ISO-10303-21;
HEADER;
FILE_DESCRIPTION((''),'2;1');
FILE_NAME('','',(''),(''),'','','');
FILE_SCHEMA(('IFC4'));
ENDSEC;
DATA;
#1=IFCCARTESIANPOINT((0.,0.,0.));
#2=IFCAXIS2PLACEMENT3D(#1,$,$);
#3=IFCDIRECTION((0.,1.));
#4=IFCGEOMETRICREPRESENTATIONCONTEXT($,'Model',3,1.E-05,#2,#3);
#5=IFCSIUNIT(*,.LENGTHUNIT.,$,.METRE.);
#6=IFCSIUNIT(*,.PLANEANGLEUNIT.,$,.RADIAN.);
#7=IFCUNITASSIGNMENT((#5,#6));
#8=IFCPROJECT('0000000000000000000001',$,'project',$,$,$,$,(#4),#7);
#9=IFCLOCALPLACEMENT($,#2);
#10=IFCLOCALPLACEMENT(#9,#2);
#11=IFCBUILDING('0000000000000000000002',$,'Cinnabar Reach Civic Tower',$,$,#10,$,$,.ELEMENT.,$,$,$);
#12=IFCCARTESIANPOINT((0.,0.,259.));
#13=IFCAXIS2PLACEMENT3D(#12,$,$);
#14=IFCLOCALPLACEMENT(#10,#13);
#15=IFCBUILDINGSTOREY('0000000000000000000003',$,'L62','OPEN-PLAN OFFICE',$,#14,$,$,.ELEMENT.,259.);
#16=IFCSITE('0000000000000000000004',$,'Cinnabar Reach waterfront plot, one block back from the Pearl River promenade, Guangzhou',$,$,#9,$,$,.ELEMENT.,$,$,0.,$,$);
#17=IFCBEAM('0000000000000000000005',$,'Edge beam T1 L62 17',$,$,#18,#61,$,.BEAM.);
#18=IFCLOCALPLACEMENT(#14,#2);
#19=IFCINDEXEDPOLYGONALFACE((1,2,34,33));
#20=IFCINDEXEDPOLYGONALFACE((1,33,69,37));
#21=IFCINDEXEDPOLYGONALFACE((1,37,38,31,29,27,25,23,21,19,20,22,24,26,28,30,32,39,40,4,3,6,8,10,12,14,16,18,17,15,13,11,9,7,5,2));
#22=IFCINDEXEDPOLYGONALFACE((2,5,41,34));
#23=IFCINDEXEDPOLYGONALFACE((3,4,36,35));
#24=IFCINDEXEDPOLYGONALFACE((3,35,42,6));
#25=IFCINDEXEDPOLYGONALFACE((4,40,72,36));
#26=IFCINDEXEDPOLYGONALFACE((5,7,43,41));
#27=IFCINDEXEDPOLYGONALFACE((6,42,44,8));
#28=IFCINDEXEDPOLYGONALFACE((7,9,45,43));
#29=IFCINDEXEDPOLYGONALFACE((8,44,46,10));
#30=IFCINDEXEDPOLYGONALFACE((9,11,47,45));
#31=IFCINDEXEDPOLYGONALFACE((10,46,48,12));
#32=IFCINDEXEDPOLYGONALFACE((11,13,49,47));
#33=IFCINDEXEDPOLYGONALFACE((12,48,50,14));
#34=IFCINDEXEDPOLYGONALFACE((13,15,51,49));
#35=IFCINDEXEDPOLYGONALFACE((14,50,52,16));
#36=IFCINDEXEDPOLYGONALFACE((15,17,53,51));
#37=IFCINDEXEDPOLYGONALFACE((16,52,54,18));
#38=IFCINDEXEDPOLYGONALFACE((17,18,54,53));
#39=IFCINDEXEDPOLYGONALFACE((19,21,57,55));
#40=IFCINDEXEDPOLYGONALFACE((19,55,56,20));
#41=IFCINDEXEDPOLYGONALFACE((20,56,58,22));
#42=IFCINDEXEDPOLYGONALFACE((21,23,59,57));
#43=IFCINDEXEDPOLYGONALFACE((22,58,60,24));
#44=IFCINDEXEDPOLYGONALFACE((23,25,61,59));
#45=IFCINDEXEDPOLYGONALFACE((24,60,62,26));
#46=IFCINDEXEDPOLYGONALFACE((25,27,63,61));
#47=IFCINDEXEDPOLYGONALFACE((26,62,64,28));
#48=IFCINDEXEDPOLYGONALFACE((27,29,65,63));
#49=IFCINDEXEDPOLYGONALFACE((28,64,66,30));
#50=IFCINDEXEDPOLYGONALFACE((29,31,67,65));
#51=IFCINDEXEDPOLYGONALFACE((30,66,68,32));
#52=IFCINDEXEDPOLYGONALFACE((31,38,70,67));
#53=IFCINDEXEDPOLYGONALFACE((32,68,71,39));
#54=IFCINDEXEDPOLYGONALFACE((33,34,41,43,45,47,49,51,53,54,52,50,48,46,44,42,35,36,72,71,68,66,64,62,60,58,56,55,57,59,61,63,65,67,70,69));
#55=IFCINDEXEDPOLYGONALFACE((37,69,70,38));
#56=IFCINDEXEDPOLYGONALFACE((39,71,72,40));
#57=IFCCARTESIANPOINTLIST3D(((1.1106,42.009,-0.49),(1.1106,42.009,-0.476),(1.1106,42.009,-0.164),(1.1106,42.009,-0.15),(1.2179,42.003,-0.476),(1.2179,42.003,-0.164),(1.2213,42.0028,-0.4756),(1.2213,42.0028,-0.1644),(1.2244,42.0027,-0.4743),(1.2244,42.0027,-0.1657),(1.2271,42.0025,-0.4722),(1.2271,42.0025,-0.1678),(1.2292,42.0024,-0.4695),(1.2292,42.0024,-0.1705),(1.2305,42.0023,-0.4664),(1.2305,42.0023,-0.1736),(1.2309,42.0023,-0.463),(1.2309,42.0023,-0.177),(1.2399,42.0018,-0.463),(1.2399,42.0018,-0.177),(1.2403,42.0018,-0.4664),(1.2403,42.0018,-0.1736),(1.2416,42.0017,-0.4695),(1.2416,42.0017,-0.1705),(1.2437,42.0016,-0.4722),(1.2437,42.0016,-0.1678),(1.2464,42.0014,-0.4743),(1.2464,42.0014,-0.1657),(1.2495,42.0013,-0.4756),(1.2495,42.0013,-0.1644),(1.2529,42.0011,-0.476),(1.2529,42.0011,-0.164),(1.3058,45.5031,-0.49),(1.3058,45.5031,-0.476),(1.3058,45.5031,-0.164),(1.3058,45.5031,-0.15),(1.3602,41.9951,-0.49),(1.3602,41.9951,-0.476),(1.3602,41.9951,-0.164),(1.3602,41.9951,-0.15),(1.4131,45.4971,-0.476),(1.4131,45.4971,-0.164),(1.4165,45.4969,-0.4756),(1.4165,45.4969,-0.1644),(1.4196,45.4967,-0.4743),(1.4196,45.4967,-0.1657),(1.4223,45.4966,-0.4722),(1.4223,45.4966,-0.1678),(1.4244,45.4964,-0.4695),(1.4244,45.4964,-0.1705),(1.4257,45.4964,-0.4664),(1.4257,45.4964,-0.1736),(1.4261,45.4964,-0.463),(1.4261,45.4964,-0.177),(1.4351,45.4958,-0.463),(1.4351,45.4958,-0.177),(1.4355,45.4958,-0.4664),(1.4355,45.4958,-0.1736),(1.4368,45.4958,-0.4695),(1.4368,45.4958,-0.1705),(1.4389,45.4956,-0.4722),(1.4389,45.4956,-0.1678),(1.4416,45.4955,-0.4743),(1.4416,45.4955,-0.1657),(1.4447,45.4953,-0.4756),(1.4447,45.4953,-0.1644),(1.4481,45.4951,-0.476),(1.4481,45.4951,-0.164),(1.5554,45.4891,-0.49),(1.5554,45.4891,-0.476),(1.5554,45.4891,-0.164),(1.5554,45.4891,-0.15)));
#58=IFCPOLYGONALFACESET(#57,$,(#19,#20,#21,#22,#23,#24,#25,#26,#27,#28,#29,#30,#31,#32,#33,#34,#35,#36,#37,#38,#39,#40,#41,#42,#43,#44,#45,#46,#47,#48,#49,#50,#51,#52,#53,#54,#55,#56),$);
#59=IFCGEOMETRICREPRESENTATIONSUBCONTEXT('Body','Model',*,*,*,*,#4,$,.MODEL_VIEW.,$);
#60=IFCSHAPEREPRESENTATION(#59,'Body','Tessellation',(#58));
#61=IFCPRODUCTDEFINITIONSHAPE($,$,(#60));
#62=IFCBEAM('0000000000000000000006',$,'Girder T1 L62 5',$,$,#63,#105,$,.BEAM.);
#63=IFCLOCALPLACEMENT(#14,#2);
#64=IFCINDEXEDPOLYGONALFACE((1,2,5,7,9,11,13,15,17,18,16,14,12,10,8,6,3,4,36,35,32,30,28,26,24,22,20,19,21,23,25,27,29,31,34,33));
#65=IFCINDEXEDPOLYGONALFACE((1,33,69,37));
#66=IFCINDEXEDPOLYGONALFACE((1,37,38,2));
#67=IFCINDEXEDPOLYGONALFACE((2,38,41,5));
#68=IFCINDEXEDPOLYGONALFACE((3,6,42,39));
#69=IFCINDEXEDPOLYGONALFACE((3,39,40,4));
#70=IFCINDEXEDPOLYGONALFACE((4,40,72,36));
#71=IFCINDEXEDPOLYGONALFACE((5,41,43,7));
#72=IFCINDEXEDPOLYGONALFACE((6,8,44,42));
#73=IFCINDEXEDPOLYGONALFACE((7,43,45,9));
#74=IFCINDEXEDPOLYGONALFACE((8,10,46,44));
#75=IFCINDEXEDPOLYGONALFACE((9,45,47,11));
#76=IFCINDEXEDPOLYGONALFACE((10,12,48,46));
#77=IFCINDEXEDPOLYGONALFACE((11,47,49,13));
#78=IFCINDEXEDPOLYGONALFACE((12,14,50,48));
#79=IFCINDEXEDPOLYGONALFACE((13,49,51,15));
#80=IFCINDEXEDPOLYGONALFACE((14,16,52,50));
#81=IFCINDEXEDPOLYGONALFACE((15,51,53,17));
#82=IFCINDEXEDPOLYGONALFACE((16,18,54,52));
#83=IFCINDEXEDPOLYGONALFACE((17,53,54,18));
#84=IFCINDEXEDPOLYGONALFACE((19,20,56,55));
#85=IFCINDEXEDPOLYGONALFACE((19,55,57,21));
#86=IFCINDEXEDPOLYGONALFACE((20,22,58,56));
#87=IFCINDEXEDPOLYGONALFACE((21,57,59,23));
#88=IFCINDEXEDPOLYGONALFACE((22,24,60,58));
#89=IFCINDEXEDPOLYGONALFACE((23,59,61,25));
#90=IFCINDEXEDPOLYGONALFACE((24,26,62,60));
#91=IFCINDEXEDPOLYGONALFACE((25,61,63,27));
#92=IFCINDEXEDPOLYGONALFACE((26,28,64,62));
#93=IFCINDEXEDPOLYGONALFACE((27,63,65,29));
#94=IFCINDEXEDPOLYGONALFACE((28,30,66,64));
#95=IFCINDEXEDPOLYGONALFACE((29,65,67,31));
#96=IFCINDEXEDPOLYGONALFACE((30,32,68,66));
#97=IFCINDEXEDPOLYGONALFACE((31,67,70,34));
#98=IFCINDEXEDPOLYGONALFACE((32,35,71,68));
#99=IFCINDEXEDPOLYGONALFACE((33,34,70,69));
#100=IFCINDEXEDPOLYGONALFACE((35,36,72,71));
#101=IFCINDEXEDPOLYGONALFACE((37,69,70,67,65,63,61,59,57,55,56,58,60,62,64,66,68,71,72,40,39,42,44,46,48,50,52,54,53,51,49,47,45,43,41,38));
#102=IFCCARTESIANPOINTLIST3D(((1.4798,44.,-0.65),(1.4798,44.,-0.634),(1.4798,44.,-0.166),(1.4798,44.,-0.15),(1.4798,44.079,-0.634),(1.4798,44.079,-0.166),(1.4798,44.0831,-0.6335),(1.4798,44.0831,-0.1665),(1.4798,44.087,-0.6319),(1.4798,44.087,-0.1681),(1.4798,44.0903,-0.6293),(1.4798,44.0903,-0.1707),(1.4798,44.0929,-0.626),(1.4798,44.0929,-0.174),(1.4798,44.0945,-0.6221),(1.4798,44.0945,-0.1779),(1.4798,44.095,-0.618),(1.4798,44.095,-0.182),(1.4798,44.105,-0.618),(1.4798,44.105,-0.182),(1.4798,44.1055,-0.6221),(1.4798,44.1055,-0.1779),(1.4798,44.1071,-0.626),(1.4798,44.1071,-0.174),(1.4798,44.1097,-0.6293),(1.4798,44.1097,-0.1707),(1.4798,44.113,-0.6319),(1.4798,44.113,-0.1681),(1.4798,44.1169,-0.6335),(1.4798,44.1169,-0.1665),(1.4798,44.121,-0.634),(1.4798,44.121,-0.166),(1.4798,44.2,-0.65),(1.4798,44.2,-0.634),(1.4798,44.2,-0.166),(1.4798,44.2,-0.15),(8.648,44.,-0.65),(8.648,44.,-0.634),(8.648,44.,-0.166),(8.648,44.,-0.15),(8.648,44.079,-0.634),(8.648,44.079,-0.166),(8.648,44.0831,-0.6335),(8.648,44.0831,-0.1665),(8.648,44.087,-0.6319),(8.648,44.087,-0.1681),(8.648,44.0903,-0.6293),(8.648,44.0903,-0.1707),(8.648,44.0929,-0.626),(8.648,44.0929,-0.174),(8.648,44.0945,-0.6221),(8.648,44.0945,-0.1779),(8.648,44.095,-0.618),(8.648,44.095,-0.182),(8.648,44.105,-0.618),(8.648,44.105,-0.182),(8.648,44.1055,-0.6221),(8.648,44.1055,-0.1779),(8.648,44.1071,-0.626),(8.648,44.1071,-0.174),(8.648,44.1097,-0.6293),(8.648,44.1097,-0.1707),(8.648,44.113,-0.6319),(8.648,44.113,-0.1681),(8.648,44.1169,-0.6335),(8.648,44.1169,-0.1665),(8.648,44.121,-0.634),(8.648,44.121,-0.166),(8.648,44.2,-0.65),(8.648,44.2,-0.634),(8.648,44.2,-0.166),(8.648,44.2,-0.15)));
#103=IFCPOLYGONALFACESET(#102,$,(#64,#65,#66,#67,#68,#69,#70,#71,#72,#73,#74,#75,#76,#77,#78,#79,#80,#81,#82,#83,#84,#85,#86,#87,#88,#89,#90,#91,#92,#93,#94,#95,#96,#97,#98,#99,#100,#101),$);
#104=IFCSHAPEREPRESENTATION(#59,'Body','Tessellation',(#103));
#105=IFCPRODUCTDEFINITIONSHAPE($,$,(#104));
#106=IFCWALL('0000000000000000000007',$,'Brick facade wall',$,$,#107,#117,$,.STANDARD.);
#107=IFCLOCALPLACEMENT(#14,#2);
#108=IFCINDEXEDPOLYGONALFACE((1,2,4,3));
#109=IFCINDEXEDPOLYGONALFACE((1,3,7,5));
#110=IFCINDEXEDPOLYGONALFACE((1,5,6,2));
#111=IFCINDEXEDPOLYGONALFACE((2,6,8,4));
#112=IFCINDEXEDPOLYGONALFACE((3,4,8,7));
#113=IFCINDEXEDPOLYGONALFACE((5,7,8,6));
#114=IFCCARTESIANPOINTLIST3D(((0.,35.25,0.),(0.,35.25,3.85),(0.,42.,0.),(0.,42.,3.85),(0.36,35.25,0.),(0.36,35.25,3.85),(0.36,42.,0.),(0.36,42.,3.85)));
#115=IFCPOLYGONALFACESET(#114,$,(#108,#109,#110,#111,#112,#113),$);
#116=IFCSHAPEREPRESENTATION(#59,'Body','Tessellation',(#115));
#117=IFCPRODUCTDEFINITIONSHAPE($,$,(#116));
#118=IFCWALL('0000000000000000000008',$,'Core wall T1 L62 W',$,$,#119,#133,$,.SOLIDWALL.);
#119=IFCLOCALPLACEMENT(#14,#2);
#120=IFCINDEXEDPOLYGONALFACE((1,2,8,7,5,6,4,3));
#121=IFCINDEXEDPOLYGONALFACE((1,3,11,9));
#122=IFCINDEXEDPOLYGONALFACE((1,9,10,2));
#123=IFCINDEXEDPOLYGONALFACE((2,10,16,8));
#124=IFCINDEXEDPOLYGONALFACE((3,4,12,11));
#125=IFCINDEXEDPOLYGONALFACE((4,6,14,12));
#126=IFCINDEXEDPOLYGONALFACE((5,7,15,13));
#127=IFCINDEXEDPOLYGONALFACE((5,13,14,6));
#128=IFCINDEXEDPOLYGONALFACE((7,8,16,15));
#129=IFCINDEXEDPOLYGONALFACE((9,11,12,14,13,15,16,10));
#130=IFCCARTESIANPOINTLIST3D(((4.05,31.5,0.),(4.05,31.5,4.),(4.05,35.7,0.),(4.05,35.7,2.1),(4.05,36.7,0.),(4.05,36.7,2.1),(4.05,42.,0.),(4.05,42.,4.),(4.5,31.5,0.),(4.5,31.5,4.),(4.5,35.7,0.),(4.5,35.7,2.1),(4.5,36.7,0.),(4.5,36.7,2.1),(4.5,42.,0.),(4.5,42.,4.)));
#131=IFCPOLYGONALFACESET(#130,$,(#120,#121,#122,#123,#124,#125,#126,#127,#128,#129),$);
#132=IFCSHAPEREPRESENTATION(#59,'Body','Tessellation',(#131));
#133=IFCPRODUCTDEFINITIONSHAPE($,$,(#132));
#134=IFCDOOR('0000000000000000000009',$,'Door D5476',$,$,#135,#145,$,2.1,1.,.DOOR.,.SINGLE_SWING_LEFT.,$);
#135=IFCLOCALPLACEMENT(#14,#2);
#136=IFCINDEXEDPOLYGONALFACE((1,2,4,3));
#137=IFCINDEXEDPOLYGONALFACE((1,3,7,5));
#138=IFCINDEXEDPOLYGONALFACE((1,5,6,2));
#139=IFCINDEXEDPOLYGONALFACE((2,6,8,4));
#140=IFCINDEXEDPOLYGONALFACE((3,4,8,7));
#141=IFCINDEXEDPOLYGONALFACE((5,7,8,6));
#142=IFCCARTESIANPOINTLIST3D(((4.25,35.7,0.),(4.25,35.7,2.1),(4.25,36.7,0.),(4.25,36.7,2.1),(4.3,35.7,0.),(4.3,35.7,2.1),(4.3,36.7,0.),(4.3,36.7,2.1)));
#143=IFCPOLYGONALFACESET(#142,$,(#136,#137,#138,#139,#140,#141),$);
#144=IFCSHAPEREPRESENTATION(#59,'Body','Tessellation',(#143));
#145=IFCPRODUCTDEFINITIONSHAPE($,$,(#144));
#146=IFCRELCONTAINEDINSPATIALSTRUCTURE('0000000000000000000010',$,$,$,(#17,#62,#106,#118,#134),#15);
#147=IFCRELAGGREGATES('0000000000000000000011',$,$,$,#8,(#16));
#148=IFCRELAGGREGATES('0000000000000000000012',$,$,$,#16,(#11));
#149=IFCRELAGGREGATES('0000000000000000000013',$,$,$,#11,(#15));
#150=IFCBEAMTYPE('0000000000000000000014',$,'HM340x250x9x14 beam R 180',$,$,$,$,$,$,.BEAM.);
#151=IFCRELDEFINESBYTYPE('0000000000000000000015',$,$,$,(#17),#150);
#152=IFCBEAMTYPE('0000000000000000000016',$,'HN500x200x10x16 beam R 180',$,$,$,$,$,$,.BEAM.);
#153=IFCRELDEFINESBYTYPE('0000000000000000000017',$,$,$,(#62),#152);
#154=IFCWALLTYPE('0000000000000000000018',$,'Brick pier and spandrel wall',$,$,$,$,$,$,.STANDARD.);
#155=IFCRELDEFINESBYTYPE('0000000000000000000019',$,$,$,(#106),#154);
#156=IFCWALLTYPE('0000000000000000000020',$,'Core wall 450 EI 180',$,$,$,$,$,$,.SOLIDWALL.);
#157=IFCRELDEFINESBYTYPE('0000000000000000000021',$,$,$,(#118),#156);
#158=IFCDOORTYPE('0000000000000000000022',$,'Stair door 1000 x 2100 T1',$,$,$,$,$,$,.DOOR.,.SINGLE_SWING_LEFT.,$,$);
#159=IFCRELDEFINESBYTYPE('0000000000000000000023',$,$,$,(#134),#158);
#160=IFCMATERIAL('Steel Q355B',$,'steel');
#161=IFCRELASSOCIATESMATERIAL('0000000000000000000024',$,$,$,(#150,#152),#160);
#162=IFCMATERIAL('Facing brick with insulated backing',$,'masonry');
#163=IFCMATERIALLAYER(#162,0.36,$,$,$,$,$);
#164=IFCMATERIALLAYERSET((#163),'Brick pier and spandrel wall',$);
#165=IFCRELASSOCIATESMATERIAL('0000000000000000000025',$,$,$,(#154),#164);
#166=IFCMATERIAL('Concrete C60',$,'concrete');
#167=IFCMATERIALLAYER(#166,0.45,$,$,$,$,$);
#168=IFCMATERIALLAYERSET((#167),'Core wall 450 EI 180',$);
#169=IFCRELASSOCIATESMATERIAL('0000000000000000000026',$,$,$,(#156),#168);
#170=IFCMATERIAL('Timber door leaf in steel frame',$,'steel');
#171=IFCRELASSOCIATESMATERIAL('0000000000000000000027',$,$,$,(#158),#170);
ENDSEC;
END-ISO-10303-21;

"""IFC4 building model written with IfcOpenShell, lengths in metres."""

from ifc_helpers import new_model, si_unit, direction, frame, frame_2d, origin, origin_2d, place, context, subcontext, project, spatial, rectangle, i_section, extrude, material, layer, layer_set, material_profile, profile_set, type_object, element, fill, save


model = new_model("IFC4")

# Units and contexts
model_context = context("Model", 3, precision=1e-05, world=origin(), true_north=direction((0.0, 1.0)))
body_context = subcontext(model_context, "Body", "Model", "MODEL_VIEW")
ifc_project = project(units=[si_unit("LENGTHUNIT", "METRE"), si_unit("PLANEANGLEUNIT", "RADIAN")], contexts=[model_context])

# Site, building, storey
site_placement = place(None, origin())
site = spatial("IfcSite", under=ifc_project, at=site_placement, Name="Cinnabar Reach waterfront plot, one block back from the Pearl River promenade, Guangzhou", CompositionType="ELEMENT", RefElevation=0.0)
building_placement = place(site_placement, origin())
building = spatial("IfcBuilding", under=site, at=building_placement, Name="Cinnabar Reach Civic Tower", CompositionType="ELEMENT")
storey_placement = place(building_placement, frame((0.0, 0.0, 259.0)))
storey = spatial("IfcBuildingStorey", under=building, at=storey_placement, Name="L62", Description="OPEN-PLAN OFFICE", CompositionType="ELEMENT", Elevation=259.0)

# Beams
ifc_material_1 = material(Name="Steel Q355B", Category="steel")
ifc_material_profile_1 = material_profile(ifc_material_1, i_section(OverallWidth=0.25, OverallDepth=0.34, WebThickness=0.009, FlangeThickness=0.014, FilletRadius=0.013, at=origin_2d()), Name="HM340x250x9x14")
ifc_profile_set_1 = profile_set([ifc_material_profile_1], Name="Steel Q355B")
beam_type_1 = type_object("IfcBeamType", Name="HM340x250x9x14 beam R 180", PredefinedType="BEAM", material=ifc_profile_set_1)
beam_1_placement = place(storey_placement, frame((1.4306, 45.4961, -0.32), z_axis=(-0.055779, -0.998443, 0.0), x_axis=(0.998443, -0.055779, 0.0)))
element("IfcBeam", 1, at=beam_1_placement, inside=storey, type_object=beam_type_1, Name="Edge beam T1 L62 17", PredefinedType="BEAM", context=body_context, shape_type="SweptSolid", body=[
    extrude(i_section(OverallWidth=0.25, OverallDepth=0.34, WebThickness=0.009, FlangeThickness=0.014, FilletRadius=0.013, at=origin_2d()), origin(), (0.0, 0.0, 1.0), 3.4995),
])
ifc_material_profile_2 = material_profile(ifc_material_1, i_section(OverallWidth=0.2, OverallDepth=0.5, WebThickness=0.01, FlangeThickness=0.016, FilletRadius=0.016, at=origin_2d()), Name="HN500x200x10x16")
ifc_profile_set_2 = profile_set([ifc_material_profile_2], Name="Steel Q355B")
beam_type_2 = type_object("IfcBeamType", Name="HN500x200x10x16 beam R 180", PredefinedType="BEAM", material=ifc_profile_set_2)
beam_2_placement = place(storey_placement, frame((1.4798, 44.1, -0.4), z_axis=(1.0, 0.0, 0.0), x_axis=(0.0, 1.0, 0.0)))
element("IfcBeam", 2, at=beam_2_placement, inside=storey, type_object=beam_type_2, Name="Girder T1 L62 5", PredefinedType="BEAM", context=body_context, shape_type="SweptSolid", body=[
    extrude(i_section(OverallWidth=0.2, OverallDepth=0.5, WebThickness=0.01, FlangeThickness=0.016, FilletRadius=0.016, at=origin_2d()), origin(), (0.0, 0.0, 1.0), 7.1682),
])

# Wall
ifc_material_2 = material(Name="Facing brick with insulated backing", Category="masonry")
ifc_layer_1 = layer(ifc_material_2, 0.36)
ifc_layer_set_1 = layer_set([ifc_layer_1], Name="Brick pier and spandrel wall")
wall_type_1 = type_object("IfcWallType", Name="Brick pier and spandrel wall", PredefinedType="STANDARD", material=ifc_layer_set_1)
wall_1_placement = place(storey_placement, frame((0.18, 42.0, 0.0), z_axis=(0.0, 0.0, 1.0), x_axis=(0.0, -1.0, 0.0)))
element("IfcWall", 3, at=wall_1_placement, inside=storey, type_object=wall_type_1, Name="Brick facade wall", PredefinedType="STANDARD", context=body_context, shape_type="SweptSolid", body=[
    extrude(rectangle(XDim=6.75, YDim=0.36, at=frame_2d((3.375, 0.0))), origin(), (0.0, 0.0, 1.0), 3.85),
])

# Wall, opening, door
ifc_material_3 = material(Name="Concrete C60", Category="concrete")
ifc_layer_2 = layer(ifc_material_3, 0.45)
ifc_layer_set_2 = layer_set([ifc_layer_2], Name="Core wall 450 EI 180")
wall_type_2 = type_object("IfcWallType", Name="Core wall 450 EI 180", PredefinedType="SOLIDWALL", material=ifc_layer_set_2)
wall_2_placement = place(storey_placement, frame((4.275, 42.0, 0.0), z_axis=(0.0, 0.0, 1.0), x_axis=(0.0, -1.0, 0.0)))
wall_2 = element("IfcWall", 4, at=wall_2_placement, inside=storey, type_object=wall_type_2, Name="Core wall T1 L62 W", PredefinedType="SOLIDWALL", context=body_context, shape_type="SweptSolid", body=[
    extrude(rectangle(XDim=10.5, YDim=0.45, at=frame_2d((5.25, 0.0))), origin(), (0.0, 0.0, 1.0), 4.0),
])
opening_1_placement = place(wall_2_placement, frame((5.3, 0.0, 0.0)))
opening_1 = element("IfcOpeningElement", 5, at=opening_1_placement, cuts=wall_2, PredefinedType="OPENING", context=body_context, shape_type="SweptSolid", body=[
    extrude(rectangle(XDim=1.0, YDim=2.1, at=frame_2d((0.5, 1.05))), frame((0.0, 0.235, 0.0), z_axis=(0.0, -1.0, 0.0), x_axis=(1.0, 0.0, 0.0)), (0.0, 0.0, 1.0), 0.47),
])
ifc_material_4 = material(Name="Timber door leaf in steel frame", Category="steel")
door_type_1 = type_object("IfcDoorType", Name="Stair door 1000 x 2100 T1", OperationType="SINGLE_SWING_LEFT", PredefinedType="DOOR", material=ifc_material_4)
door_1_placement = place(opening_1_placement, frame((1.0, 0.0, 0.0), z_axis=(0.0, 0.0, 1.0), x_axis=(-1.0, 0.0, 0.0)))
door_1 = element("IfcDoor", 6, at=door_1_placement, inside=storey, type_object=door_type_1, Name="Door D5476", OperationType="SINGLE_SWING_LEFT", OverallHeight=2.1, OverallWidth=1.0, PredefinedType="DOOR", context=body_context, shape_type="SweptSolid", body=[
    extrude(rectangle(XDim=1.0, YDim=2.1, at=frame_2d((0.5, 1.05))), frame((0.0, 0.025, 0.0), z_axis=(0.0, -1.0, 0.0), x_axis=(1.0, 0.0, 0.0)), (0.0, 0.0, 1.0), 0.05),
])
fill(opening_1, door_1)

save(model, "model.ifc")
